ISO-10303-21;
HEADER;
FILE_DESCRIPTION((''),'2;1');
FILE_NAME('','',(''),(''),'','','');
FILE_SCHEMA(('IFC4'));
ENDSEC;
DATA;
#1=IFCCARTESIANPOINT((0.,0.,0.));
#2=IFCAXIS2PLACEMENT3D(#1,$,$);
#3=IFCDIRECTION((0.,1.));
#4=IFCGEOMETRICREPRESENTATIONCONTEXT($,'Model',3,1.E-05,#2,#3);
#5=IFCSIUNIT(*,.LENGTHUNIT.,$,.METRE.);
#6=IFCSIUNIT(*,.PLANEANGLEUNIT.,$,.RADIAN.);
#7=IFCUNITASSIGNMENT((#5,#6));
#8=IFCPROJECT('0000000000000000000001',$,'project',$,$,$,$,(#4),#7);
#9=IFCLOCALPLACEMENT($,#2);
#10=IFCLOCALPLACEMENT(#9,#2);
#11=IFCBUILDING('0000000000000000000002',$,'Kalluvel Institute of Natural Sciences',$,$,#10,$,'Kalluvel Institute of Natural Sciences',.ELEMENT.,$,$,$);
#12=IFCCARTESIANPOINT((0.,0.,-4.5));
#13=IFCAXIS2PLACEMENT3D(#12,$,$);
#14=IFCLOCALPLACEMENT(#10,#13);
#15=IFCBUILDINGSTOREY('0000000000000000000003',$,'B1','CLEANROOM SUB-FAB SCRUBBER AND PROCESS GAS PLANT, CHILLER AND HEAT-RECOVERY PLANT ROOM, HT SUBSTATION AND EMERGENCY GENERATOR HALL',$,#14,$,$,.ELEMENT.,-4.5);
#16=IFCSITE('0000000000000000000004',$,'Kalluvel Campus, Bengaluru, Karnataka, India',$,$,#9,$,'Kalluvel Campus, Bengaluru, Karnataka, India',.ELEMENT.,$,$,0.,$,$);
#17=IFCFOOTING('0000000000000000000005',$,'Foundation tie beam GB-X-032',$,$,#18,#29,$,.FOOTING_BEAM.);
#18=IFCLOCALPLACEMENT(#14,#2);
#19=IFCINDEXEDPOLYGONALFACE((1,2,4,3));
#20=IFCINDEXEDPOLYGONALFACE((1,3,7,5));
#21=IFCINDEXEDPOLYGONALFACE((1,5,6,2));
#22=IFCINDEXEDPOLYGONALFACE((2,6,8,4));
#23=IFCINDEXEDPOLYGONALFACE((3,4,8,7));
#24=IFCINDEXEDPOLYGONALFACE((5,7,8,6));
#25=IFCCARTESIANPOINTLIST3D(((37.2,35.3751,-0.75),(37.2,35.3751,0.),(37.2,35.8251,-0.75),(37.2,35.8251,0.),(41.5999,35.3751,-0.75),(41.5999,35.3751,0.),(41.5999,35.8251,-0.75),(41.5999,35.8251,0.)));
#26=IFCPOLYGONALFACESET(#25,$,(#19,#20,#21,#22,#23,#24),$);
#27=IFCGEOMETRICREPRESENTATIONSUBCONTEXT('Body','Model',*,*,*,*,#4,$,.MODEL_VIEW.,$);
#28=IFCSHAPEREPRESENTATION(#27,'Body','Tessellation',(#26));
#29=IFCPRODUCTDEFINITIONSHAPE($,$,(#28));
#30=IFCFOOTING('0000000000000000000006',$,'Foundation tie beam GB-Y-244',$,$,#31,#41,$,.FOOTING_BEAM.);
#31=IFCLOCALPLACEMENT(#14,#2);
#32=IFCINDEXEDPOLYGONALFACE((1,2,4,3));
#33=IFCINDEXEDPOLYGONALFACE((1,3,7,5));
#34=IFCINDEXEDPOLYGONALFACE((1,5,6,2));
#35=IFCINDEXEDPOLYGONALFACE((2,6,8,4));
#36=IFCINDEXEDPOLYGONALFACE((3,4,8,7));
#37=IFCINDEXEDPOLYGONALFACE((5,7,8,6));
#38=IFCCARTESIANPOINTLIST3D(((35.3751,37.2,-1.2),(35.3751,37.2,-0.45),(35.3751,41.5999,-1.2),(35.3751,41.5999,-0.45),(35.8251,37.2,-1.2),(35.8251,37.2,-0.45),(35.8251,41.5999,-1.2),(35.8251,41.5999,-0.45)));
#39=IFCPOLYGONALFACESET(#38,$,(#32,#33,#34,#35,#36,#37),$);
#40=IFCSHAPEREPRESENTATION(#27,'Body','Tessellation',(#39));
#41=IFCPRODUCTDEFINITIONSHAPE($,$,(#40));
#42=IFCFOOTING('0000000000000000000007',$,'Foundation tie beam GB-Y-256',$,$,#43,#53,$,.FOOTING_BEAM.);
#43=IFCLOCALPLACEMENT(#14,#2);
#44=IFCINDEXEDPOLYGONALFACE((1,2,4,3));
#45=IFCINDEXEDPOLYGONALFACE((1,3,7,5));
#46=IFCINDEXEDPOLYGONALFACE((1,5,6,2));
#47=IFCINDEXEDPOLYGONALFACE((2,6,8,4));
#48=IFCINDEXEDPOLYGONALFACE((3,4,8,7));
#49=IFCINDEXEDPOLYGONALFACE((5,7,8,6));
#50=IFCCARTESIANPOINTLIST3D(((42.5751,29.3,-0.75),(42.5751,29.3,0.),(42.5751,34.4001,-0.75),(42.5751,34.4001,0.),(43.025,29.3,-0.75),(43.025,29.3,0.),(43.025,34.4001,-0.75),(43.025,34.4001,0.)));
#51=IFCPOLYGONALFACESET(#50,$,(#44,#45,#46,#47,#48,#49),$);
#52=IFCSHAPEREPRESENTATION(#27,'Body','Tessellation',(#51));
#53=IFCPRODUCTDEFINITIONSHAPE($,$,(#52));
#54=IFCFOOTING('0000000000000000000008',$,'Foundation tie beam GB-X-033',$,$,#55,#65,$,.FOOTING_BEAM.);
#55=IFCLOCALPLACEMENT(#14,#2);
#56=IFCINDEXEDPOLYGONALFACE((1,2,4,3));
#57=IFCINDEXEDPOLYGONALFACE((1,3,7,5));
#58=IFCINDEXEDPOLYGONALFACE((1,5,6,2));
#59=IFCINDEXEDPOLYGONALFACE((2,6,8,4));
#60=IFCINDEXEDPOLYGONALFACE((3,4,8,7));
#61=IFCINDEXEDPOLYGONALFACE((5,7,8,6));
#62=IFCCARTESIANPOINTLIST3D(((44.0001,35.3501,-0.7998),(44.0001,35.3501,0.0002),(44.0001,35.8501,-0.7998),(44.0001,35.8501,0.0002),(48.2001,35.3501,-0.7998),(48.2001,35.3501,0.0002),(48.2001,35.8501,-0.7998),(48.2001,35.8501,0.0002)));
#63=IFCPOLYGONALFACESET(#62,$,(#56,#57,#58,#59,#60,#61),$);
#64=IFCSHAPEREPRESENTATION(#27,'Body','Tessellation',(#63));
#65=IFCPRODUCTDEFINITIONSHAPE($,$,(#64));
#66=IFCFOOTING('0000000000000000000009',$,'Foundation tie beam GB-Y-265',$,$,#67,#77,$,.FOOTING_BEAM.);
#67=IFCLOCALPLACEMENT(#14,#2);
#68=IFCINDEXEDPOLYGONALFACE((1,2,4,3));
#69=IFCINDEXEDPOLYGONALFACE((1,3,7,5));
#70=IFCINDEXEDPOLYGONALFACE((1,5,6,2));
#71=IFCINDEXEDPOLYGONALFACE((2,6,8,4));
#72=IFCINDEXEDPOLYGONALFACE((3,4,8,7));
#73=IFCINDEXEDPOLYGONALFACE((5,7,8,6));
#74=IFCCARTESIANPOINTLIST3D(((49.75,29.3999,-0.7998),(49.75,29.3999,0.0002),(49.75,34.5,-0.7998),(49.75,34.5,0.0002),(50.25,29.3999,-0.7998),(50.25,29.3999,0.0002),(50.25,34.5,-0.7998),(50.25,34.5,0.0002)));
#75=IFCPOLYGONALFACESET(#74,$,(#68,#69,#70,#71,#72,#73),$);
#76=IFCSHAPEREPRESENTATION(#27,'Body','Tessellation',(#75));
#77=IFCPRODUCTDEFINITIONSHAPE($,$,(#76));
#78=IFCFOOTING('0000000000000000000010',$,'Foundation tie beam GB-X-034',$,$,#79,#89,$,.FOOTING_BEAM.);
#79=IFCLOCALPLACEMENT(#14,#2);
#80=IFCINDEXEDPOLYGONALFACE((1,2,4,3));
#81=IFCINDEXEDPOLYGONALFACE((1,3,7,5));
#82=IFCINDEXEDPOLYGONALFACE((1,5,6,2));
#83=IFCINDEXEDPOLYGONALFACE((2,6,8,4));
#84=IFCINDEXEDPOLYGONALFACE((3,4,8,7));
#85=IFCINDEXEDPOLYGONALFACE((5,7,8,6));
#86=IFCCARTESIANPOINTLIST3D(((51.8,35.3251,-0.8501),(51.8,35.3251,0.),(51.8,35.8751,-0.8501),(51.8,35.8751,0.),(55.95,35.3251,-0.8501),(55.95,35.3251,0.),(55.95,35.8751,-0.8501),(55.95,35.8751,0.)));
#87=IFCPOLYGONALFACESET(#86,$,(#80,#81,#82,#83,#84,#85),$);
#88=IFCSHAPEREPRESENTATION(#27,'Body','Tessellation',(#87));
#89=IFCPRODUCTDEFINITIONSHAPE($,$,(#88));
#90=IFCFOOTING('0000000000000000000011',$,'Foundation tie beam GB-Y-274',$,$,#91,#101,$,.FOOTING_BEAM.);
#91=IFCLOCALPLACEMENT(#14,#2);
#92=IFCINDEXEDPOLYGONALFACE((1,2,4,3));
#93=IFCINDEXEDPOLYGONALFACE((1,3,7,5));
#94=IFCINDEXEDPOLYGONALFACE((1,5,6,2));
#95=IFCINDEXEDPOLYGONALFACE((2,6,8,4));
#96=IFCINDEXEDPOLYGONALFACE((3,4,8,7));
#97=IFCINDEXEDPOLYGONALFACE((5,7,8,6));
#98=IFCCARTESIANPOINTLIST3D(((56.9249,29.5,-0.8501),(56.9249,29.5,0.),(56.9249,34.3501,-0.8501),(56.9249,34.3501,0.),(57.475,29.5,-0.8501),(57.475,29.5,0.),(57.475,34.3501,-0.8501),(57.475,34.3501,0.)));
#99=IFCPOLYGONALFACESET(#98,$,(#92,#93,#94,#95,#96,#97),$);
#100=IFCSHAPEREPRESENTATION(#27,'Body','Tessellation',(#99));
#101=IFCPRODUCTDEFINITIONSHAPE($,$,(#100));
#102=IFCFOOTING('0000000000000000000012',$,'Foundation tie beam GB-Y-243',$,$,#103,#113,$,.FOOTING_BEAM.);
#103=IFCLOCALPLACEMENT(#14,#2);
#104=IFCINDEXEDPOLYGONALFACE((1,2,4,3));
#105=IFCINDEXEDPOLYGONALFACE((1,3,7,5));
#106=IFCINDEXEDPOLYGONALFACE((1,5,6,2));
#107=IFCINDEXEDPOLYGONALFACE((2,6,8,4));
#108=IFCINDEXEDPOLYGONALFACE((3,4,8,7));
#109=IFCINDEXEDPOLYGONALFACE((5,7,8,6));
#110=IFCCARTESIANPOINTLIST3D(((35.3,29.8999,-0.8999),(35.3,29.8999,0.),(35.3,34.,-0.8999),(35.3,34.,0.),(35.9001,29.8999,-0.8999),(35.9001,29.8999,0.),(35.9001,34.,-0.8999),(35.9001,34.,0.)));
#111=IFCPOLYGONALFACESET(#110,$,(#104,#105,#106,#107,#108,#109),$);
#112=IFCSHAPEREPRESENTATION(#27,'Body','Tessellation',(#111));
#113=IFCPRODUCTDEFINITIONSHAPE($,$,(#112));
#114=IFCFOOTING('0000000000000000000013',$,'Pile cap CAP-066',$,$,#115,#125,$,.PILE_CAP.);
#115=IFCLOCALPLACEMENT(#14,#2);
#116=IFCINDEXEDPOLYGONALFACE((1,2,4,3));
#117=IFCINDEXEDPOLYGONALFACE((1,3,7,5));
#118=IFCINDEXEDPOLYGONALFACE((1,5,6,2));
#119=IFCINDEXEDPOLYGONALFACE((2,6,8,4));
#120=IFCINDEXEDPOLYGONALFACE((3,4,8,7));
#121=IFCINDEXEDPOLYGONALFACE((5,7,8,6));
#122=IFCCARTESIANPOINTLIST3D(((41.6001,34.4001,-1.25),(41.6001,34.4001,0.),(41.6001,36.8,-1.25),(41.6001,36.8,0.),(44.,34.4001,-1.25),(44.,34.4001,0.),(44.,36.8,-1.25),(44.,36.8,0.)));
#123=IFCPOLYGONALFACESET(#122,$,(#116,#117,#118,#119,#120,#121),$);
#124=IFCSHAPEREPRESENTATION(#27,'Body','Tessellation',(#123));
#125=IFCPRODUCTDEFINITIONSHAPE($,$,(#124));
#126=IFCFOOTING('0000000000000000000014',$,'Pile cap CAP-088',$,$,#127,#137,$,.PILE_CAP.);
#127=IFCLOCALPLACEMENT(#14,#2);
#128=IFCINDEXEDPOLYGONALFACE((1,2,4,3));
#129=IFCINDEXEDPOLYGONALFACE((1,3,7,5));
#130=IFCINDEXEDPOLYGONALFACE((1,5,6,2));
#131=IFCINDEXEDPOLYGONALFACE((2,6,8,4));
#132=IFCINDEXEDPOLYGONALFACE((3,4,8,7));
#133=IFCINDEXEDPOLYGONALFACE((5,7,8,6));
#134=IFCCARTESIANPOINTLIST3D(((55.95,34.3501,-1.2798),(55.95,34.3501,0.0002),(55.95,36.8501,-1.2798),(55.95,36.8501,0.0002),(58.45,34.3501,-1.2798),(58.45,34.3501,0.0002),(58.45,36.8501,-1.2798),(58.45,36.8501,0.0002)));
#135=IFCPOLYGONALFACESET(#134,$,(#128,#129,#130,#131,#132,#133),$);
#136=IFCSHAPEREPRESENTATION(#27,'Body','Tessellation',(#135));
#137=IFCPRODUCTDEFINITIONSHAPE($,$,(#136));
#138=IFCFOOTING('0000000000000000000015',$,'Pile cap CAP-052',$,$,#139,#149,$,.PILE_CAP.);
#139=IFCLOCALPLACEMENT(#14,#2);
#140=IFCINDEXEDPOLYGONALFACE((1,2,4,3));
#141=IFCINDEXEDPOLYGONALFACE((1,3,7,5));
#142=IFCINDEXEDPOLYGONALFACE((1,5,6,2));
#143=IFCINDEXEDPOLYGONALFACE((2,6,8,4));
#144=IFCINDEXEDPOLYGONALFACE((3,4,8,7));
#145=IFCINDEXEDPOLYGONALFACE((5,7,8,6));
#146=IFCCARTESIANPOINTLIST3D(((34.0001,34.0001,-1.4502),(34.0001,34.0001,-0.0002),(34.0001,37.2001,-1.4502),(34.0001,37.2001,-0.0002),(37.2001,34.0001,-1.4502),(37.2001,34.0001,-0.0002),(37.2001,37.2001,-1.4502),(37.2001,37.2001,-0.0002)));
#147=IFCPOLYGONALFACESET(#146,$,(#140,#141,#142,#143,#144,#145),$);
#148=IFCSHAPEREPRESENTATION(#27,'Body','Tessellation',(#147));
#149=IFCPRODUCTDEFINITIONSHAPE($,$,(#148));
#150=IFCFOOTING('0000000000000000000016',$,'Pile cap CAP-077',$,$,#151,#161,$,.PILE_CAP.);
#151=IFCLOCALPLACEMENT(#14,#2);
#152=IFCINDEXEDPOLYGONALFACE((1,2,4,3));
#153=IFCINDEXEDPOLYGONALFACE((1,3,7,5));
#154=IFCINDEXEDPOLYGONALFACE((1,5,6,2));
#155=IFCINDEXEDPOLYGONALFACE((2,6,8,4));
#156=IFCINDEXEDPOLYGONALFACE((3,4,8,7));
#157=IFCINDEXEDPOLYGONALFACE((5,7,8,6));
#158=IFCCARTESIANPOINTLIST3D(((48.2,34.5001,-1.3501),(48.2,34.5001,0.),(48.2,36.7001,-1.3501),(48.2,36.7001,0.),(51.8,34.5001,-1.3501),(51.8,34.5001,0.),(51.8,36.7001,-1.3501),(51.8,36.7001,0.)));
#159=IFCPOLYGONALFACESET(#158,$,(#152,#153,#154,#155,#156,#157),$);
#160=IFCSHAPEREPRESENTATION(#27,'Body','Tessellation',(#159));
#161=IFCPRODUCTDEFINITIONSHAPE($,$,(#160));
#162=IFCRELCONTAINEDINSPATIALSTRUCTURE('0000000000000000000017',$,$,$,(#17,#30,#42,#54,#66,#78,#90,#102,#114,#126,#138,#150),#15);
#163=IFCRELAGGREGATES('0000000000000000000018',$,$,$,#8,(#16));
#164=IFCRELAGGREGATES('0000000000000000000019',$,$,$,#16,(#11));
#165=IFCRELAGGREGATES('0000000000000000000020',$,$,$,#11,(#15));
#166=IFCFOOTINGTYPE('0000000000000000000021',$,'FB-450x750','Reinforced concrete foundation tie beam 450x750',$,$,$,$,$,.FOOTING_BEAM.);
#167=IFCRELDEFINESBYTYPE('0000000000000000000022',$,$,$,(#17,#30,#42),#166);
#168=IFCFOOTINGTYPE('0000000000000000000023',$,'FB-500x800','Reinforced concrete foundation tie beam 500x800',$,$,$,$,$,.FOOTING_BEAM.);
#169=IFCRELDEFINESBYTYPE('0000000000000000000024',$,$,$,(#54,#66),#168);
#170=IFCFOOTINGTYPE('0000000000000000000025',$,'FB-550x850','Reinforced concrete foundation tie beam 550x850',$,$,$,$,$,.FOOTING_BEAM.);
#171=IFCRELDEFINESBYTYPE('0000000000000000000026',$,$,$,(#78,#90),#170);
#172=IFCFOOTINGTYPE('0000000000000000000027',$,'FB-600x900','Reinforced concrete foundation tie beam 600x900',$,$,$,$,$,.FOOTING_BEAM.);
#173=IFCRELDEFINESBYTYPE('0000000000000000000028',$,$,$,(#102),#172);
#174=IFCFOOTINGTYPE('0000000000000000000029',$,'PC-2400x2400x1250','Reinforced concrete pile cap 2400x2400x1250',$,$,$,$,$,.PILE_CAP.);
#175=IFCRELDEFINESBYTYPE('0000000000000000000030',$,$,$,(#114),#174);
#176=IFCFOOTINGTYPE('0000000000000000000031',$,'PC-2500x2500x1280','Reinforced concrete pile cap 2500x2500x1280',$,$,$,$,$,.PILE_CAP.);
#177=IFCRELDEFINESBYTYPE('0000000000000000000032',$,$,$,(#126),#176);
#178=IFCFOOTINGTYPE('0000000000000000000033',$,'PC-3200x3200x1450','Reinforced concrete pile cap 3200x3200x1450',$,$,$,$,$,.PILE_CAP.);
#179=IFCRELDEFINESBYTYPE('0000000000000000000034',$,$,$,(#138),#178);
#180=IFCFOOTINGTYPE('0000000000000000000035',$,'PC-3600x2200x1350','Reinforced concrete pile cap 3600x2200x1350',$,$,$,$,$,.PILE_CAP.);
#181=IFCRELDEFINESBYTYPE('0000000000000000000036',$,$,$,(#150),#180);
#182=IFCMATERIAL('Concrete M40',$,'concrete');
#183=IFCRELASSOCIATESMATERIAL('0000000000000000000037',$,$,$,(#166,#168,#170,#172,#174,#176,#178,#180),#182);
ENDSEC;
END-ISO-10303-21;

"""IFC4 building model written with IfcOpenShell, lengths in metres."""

from ifc_helpers import new_model, si_unit, direction, frame, origin, origin_2d, place, context, subcontext, project, spatial, rectangle, extrude, material, type_object, element, save


model = new_model("IFC4")

# Units and contexts
model_context = context("Model", 3, precision=1e-05, world=origin(), true_north=direction((0.0, 1.0)))
body_context = subcontext(model_context, "Body", "Model", "MODEL_VIEW")
ifc_project = project(units=[si_unit("LENGTHUNIT", "METRE"), si_unit("PLANEANGLEUNIT", "RADIAN")], contexts=[model_context])

# Site, building, storey
site_placement = place(None, origin())
site = spatial("IfcSite", under=ifc_project, at=site_placement, Name="Kalluvel Campus, Bengaluru, Karnataka, India", LongName="Kalluvel Campus, Bengaluru, Karnataka, India", CompositionType="ELEMENT", RefElevation=0.0)
building_placement = place(site_placement, origin())
building = spatial("IfcBuilding", under=site, at=building_placement, Name="Kalluvel Institute of Natural Sciences", LongName="Kalluvel Institute of Natural Sciences", CompositionType="ELEMENT")
storey_placement = place(building_placement, frame((0.0, 0.0, -4.5)))
storey = spatial("IfcBuildingStorey", under=building, at=storey_placement, Name="B1", Description="CLEANROOM SUB-FAB SCRUBBER AND PROCESS GAS PLANT, CHILLER AND HEAT-RECOVERY PLANT ROOM, HT SUBSTATION AND EMERGENCY GENERATOR HALL", CompositionType="ELEMENT", Elevation=-4.5)

# Footings
ifc_material_1 = material(Name="Concrete M40", Category="concrete")
footing_type_1 = type_object("IfcFootingType", Name="FB-450x750", Description="Reinforced concrete foundation tie beam 450x750", PredefinedType="FOOTING_BEAM", material=ifc_material_1)
footing_1_placement = place(storey_placement, frame((39.3999, 35.6001, -0.75), z_axis=(0.0, 0.0, 1.0), x_axis=(1.0, 0.0, 0.0)))
element("IfcFooting", 1, at=footing_1_placement, inside=storey, type_object=footing_type_1, Name="Foundation tie beam GB-X-032", PredefinedType="FOOTING_BEAM", context=body_context, shape_type="SweptSolid", body=[
    extrude(rectangle(XDim=4.3999, YDim=0.45, at=origin_2d()), origin(), (0.0, 0.0, 1.0), 0.75),
])
footing_2_placement = place(storey_placement, frame((35.6001, 39.3999, -1.2), z_axis=(0.0, 0.0, 1.0), x_axis=(1.0, 0.0, 0.0)))
element("IfcFooting", 2, at=footing_2_placement, inside=storey, type_object=footing_type_1, Name="Foundation tie beam GB-Y-244", PredefinedType="FOOTING_BEAM", context=body_context, shape_type="SweptSolid", body=[
    extrude(rectangle(XDim=0.45, YDim=4.3999, at=origin_2d()), origin(), (0.0, 0.0, 1.0), 0.75),
])
footing_3_placement = place(storey_placement, frame((42.8, 31.8501, -0.75), z_axis=(0.0, 0.0, 1.0), x_axis=(1.0, 0.0, 0.0)))
element("IfcFooting", 3, at=footing_3_placement, inside=storey, type_object=footing_type_1, Name="Foundation tie beam GB-Y-256", PredefinedType="FOOTING_BEAM", context=body_context, shape_type="SweptSolid", body=[
    extrude(rectangle(XDim=0.45, YDim=5.1001, at=origin_2d()), origin(), (0.0, 0.0, 1.0), 0.75),
])
footing_type_2 = type_object("IfcFootingType", Name="FB-500x800", Description="Reinforced concrete foundation tie beam 500x800", PredefinedType="FOOTING_BEAM", material=ifc_material_1)
footing_4_placement = place(storey_placement, frame((46.1001, 35.6001, -0.7998), z_axis=(0.0, 0.0, 1.0), x_axis=(1.0, 0.0, 0.0)))
element("IfcFooting", 4, at=footing_4_placement, inside=storey, type_object=footing_type_2, Name="Foundation tie beam GB-X-033", PredefinedType="FOOTING_BEAM", context=body_context, shape_type="SweptSolid", body=[
    extrude(rectangle(XDim=4.2, YDim=0.5, at=origin_2d()), origin(), (0.0, 0.0, 1.0), 0.8),
])
footing_5_placement = place(storey_placement, frame((50.0, 31.95, -0.7998), z_axis=(0.0, 0.0, 1.0), x_axis=(1.0, 0.0, 0.0)))
element("IfcFooting", 5, at=footing_5_placement, inside=storey, type_object=footing_type_2, Name="Foundation tie beam GB-Y-265", PredefinedType="FOOTING_BEAM", context=body_context, shape_type="SweptSolid", body=[
    extrude(rectangle(XDim=0.5, YDim=5.1001, at=origin_2d()), origin(), (0.0, 0.0, 1.0), 0.8),
])
footing_type_3 = type_object("IfcFootingType", Name="FB-550x850", Description="Reinforced concrete foundation tie beam 550x850", PredefinedType="FOOTING_BEAM", material=ifc_material_1)
footing_6_placement = place(storey_placement, frame((53.875, 35.6001, -0.8501), z_axis=(0.0, 0.0, 1.0), x_axis=(1.0, 0.0, 0.0)))
element("IfcFooting", 6, at=footing_6_placement, inside=storey, type_object=footing_type_3, Name="Foundation tie beam GB-X-034", PredefinedType="FOOTING_BEAM", context=body_context, shape_type="SweptSolid", body=[
    extrude(rectangle(XDim=4.1499, YDim=0.55, at=origin_2d()), origin(), (0.0, 0.0, 1.0), 0.8501),
])
footing_7_placement = place(storey_placement, frame((57.2, 31.925, -0.8501), z_axis=(0.0, 0.0, 1.0), x_axis=(1.0, 0.0, 0.0)))
element("IfcFooting", 7, at=footing_7_placement, inside=storey, type_object=footing_type_3, Name="Foundation tie beam GB-Y-274", PredefinedType="FOOTING_BEAM", context=body_context, shape_type="SweptSolid", body=[
    extrude(rectangle(XDim=0.55, YDim=4.8501, at=origin_2d()), origin(), (0.0, 0.0, 1.0), 0.8501),
])
footing_type_4 = type_object("IfcFootingType", Name="FB-600x900", Description="Reinforced concrete foundation tie beam 600x900", PredefinedType="FOOTING_BEAM", material=ifc_material_1)
footing_8_placement = place(storey_placement, frame((35.6001, 31.95, -0.8999), z_axis=(0.0, 0.0, 1.0), x_axis=(1.0, 0.0, 0.0)))
element("IfcFooting", 8, at=footing_8_placement, inside=storey, type_object=footing_type_4, Name="Foundation tie beam GB-Y-243", PredefinedType="FOOTING_BEAM", context=body_context, shape_type="SweptSolid", body=[
    extrude(rectangle(XDim=0.6001, YDim=4.1001, at=origin_2d()), origin(), (0.0, 0.0, 1.0), 0.8999),
])
footing_type_5 = type_object("IfcFootingType", Name="PC-2400x2400x1250", Description="Reinforced concrete pile cap 2400x2400x1250", PredefinedType="PILE_CAP", material=ifc_material_1)
footing_9_placement = place(storey_placement, frame((42.8, 35.6001, -1.25), z_axis=(0.0, 0.0, 1.0), x_axis=(1.0, 0.0, 0.0)))
element("IfcFooting", 9, at=footing_9_placement, inside=storey, type_object=footing_type_5, Name="Pile cap CAP-066", PredefinedType="PILE_CAP", context=body_context, shape_type="SweptSolid", body=[
    extrude(rectangle(XDim=2.3999, YDim=2.3999, at=origin_2d()), origin(), (0.0, 0.0, 1.0), 1.25),
])
footing_type_6 = type_object("IfcFootingType", Name="PC-2500x2500x1280", Description="Reinforced concrete pile cap 2500x2500x1280", PredefinedType="PILE_CAP", material=ifc_material_1)
footing_10_placement = place(storey_placement, frame((57.2, 35.6001, -1.2798), z_axis=(0.0, 0.0, 1.0), x_axis=(1.0, 0.0, 0.0)))
element("IfcFooting", 10, at=footing_10_placement, inside=storey, type_object=footing_type_6, Name="Pile cap CAP-088", PredefinedType="PILE_CAP", context=body_context, shape_type="SweptSolid", body=[
    extrude(rectangle(XDim=2.5, YDim=2.5, at=origin_2d()), origin(), (0.0, 0.0, 1.0), 1.28),
])
footing_type_7 = type_object("IfcFootingType", Name="PC-3200x3200x1450", Description="Reinforced concrete pile cap 3200x3200x1450", PredefinedType="PILE_CAP", material=ifc_material_1)
footing_11_placement = place(storey_placement, frame((35.6001, 35.6001, -1.4502), z_axis=(0.0, 0.0, 1.0), x_axis=(1.0, 0.0, 0.0)))
element("IfcFooting", 11, at=footing_11_placement, inside=storey, type_object=footing_type_7, Name="Pile cap CAP-052", PredefinedType="PILE_CAP", context=body_context, shape_type="SweptSolid", body=[
    extrude(rectangle(XDim=3.2, YDim=3.2, at=origin_2d()), origin(), (0.0, 0.0, 1.0), 1.45),
])
footing_type_8 = type_object("IfcFootingType", Name="PC-3600x2200x1350", Description="Reinforced concrete pile cap 3600x2200x1350", PredefinedType="PILE_CAP", material=ifc_material_1)
footing_12_placement = place(storey_placement, frame((50.0, 35.6001, -1.3501), z_axis=(0.0, 0.0, 1.0), x_axis=(1.0, 0.0, 0.0)))
element("IfcFooting", 12, at=footing_12_placement, inside=storey, type_object=footing_type_8, Name="Pile cap CAP-077", PredefinedType="PILE_CAP", context=body_context, shape_type="SweptSolid", body=[
    extrude(rectangle(XDim=3.6001, YDim=2.2, at=origin_2d()), origin(), (0.0, 0.0, 1.0), 1.3501),
])

save(model, "model.ifc")
